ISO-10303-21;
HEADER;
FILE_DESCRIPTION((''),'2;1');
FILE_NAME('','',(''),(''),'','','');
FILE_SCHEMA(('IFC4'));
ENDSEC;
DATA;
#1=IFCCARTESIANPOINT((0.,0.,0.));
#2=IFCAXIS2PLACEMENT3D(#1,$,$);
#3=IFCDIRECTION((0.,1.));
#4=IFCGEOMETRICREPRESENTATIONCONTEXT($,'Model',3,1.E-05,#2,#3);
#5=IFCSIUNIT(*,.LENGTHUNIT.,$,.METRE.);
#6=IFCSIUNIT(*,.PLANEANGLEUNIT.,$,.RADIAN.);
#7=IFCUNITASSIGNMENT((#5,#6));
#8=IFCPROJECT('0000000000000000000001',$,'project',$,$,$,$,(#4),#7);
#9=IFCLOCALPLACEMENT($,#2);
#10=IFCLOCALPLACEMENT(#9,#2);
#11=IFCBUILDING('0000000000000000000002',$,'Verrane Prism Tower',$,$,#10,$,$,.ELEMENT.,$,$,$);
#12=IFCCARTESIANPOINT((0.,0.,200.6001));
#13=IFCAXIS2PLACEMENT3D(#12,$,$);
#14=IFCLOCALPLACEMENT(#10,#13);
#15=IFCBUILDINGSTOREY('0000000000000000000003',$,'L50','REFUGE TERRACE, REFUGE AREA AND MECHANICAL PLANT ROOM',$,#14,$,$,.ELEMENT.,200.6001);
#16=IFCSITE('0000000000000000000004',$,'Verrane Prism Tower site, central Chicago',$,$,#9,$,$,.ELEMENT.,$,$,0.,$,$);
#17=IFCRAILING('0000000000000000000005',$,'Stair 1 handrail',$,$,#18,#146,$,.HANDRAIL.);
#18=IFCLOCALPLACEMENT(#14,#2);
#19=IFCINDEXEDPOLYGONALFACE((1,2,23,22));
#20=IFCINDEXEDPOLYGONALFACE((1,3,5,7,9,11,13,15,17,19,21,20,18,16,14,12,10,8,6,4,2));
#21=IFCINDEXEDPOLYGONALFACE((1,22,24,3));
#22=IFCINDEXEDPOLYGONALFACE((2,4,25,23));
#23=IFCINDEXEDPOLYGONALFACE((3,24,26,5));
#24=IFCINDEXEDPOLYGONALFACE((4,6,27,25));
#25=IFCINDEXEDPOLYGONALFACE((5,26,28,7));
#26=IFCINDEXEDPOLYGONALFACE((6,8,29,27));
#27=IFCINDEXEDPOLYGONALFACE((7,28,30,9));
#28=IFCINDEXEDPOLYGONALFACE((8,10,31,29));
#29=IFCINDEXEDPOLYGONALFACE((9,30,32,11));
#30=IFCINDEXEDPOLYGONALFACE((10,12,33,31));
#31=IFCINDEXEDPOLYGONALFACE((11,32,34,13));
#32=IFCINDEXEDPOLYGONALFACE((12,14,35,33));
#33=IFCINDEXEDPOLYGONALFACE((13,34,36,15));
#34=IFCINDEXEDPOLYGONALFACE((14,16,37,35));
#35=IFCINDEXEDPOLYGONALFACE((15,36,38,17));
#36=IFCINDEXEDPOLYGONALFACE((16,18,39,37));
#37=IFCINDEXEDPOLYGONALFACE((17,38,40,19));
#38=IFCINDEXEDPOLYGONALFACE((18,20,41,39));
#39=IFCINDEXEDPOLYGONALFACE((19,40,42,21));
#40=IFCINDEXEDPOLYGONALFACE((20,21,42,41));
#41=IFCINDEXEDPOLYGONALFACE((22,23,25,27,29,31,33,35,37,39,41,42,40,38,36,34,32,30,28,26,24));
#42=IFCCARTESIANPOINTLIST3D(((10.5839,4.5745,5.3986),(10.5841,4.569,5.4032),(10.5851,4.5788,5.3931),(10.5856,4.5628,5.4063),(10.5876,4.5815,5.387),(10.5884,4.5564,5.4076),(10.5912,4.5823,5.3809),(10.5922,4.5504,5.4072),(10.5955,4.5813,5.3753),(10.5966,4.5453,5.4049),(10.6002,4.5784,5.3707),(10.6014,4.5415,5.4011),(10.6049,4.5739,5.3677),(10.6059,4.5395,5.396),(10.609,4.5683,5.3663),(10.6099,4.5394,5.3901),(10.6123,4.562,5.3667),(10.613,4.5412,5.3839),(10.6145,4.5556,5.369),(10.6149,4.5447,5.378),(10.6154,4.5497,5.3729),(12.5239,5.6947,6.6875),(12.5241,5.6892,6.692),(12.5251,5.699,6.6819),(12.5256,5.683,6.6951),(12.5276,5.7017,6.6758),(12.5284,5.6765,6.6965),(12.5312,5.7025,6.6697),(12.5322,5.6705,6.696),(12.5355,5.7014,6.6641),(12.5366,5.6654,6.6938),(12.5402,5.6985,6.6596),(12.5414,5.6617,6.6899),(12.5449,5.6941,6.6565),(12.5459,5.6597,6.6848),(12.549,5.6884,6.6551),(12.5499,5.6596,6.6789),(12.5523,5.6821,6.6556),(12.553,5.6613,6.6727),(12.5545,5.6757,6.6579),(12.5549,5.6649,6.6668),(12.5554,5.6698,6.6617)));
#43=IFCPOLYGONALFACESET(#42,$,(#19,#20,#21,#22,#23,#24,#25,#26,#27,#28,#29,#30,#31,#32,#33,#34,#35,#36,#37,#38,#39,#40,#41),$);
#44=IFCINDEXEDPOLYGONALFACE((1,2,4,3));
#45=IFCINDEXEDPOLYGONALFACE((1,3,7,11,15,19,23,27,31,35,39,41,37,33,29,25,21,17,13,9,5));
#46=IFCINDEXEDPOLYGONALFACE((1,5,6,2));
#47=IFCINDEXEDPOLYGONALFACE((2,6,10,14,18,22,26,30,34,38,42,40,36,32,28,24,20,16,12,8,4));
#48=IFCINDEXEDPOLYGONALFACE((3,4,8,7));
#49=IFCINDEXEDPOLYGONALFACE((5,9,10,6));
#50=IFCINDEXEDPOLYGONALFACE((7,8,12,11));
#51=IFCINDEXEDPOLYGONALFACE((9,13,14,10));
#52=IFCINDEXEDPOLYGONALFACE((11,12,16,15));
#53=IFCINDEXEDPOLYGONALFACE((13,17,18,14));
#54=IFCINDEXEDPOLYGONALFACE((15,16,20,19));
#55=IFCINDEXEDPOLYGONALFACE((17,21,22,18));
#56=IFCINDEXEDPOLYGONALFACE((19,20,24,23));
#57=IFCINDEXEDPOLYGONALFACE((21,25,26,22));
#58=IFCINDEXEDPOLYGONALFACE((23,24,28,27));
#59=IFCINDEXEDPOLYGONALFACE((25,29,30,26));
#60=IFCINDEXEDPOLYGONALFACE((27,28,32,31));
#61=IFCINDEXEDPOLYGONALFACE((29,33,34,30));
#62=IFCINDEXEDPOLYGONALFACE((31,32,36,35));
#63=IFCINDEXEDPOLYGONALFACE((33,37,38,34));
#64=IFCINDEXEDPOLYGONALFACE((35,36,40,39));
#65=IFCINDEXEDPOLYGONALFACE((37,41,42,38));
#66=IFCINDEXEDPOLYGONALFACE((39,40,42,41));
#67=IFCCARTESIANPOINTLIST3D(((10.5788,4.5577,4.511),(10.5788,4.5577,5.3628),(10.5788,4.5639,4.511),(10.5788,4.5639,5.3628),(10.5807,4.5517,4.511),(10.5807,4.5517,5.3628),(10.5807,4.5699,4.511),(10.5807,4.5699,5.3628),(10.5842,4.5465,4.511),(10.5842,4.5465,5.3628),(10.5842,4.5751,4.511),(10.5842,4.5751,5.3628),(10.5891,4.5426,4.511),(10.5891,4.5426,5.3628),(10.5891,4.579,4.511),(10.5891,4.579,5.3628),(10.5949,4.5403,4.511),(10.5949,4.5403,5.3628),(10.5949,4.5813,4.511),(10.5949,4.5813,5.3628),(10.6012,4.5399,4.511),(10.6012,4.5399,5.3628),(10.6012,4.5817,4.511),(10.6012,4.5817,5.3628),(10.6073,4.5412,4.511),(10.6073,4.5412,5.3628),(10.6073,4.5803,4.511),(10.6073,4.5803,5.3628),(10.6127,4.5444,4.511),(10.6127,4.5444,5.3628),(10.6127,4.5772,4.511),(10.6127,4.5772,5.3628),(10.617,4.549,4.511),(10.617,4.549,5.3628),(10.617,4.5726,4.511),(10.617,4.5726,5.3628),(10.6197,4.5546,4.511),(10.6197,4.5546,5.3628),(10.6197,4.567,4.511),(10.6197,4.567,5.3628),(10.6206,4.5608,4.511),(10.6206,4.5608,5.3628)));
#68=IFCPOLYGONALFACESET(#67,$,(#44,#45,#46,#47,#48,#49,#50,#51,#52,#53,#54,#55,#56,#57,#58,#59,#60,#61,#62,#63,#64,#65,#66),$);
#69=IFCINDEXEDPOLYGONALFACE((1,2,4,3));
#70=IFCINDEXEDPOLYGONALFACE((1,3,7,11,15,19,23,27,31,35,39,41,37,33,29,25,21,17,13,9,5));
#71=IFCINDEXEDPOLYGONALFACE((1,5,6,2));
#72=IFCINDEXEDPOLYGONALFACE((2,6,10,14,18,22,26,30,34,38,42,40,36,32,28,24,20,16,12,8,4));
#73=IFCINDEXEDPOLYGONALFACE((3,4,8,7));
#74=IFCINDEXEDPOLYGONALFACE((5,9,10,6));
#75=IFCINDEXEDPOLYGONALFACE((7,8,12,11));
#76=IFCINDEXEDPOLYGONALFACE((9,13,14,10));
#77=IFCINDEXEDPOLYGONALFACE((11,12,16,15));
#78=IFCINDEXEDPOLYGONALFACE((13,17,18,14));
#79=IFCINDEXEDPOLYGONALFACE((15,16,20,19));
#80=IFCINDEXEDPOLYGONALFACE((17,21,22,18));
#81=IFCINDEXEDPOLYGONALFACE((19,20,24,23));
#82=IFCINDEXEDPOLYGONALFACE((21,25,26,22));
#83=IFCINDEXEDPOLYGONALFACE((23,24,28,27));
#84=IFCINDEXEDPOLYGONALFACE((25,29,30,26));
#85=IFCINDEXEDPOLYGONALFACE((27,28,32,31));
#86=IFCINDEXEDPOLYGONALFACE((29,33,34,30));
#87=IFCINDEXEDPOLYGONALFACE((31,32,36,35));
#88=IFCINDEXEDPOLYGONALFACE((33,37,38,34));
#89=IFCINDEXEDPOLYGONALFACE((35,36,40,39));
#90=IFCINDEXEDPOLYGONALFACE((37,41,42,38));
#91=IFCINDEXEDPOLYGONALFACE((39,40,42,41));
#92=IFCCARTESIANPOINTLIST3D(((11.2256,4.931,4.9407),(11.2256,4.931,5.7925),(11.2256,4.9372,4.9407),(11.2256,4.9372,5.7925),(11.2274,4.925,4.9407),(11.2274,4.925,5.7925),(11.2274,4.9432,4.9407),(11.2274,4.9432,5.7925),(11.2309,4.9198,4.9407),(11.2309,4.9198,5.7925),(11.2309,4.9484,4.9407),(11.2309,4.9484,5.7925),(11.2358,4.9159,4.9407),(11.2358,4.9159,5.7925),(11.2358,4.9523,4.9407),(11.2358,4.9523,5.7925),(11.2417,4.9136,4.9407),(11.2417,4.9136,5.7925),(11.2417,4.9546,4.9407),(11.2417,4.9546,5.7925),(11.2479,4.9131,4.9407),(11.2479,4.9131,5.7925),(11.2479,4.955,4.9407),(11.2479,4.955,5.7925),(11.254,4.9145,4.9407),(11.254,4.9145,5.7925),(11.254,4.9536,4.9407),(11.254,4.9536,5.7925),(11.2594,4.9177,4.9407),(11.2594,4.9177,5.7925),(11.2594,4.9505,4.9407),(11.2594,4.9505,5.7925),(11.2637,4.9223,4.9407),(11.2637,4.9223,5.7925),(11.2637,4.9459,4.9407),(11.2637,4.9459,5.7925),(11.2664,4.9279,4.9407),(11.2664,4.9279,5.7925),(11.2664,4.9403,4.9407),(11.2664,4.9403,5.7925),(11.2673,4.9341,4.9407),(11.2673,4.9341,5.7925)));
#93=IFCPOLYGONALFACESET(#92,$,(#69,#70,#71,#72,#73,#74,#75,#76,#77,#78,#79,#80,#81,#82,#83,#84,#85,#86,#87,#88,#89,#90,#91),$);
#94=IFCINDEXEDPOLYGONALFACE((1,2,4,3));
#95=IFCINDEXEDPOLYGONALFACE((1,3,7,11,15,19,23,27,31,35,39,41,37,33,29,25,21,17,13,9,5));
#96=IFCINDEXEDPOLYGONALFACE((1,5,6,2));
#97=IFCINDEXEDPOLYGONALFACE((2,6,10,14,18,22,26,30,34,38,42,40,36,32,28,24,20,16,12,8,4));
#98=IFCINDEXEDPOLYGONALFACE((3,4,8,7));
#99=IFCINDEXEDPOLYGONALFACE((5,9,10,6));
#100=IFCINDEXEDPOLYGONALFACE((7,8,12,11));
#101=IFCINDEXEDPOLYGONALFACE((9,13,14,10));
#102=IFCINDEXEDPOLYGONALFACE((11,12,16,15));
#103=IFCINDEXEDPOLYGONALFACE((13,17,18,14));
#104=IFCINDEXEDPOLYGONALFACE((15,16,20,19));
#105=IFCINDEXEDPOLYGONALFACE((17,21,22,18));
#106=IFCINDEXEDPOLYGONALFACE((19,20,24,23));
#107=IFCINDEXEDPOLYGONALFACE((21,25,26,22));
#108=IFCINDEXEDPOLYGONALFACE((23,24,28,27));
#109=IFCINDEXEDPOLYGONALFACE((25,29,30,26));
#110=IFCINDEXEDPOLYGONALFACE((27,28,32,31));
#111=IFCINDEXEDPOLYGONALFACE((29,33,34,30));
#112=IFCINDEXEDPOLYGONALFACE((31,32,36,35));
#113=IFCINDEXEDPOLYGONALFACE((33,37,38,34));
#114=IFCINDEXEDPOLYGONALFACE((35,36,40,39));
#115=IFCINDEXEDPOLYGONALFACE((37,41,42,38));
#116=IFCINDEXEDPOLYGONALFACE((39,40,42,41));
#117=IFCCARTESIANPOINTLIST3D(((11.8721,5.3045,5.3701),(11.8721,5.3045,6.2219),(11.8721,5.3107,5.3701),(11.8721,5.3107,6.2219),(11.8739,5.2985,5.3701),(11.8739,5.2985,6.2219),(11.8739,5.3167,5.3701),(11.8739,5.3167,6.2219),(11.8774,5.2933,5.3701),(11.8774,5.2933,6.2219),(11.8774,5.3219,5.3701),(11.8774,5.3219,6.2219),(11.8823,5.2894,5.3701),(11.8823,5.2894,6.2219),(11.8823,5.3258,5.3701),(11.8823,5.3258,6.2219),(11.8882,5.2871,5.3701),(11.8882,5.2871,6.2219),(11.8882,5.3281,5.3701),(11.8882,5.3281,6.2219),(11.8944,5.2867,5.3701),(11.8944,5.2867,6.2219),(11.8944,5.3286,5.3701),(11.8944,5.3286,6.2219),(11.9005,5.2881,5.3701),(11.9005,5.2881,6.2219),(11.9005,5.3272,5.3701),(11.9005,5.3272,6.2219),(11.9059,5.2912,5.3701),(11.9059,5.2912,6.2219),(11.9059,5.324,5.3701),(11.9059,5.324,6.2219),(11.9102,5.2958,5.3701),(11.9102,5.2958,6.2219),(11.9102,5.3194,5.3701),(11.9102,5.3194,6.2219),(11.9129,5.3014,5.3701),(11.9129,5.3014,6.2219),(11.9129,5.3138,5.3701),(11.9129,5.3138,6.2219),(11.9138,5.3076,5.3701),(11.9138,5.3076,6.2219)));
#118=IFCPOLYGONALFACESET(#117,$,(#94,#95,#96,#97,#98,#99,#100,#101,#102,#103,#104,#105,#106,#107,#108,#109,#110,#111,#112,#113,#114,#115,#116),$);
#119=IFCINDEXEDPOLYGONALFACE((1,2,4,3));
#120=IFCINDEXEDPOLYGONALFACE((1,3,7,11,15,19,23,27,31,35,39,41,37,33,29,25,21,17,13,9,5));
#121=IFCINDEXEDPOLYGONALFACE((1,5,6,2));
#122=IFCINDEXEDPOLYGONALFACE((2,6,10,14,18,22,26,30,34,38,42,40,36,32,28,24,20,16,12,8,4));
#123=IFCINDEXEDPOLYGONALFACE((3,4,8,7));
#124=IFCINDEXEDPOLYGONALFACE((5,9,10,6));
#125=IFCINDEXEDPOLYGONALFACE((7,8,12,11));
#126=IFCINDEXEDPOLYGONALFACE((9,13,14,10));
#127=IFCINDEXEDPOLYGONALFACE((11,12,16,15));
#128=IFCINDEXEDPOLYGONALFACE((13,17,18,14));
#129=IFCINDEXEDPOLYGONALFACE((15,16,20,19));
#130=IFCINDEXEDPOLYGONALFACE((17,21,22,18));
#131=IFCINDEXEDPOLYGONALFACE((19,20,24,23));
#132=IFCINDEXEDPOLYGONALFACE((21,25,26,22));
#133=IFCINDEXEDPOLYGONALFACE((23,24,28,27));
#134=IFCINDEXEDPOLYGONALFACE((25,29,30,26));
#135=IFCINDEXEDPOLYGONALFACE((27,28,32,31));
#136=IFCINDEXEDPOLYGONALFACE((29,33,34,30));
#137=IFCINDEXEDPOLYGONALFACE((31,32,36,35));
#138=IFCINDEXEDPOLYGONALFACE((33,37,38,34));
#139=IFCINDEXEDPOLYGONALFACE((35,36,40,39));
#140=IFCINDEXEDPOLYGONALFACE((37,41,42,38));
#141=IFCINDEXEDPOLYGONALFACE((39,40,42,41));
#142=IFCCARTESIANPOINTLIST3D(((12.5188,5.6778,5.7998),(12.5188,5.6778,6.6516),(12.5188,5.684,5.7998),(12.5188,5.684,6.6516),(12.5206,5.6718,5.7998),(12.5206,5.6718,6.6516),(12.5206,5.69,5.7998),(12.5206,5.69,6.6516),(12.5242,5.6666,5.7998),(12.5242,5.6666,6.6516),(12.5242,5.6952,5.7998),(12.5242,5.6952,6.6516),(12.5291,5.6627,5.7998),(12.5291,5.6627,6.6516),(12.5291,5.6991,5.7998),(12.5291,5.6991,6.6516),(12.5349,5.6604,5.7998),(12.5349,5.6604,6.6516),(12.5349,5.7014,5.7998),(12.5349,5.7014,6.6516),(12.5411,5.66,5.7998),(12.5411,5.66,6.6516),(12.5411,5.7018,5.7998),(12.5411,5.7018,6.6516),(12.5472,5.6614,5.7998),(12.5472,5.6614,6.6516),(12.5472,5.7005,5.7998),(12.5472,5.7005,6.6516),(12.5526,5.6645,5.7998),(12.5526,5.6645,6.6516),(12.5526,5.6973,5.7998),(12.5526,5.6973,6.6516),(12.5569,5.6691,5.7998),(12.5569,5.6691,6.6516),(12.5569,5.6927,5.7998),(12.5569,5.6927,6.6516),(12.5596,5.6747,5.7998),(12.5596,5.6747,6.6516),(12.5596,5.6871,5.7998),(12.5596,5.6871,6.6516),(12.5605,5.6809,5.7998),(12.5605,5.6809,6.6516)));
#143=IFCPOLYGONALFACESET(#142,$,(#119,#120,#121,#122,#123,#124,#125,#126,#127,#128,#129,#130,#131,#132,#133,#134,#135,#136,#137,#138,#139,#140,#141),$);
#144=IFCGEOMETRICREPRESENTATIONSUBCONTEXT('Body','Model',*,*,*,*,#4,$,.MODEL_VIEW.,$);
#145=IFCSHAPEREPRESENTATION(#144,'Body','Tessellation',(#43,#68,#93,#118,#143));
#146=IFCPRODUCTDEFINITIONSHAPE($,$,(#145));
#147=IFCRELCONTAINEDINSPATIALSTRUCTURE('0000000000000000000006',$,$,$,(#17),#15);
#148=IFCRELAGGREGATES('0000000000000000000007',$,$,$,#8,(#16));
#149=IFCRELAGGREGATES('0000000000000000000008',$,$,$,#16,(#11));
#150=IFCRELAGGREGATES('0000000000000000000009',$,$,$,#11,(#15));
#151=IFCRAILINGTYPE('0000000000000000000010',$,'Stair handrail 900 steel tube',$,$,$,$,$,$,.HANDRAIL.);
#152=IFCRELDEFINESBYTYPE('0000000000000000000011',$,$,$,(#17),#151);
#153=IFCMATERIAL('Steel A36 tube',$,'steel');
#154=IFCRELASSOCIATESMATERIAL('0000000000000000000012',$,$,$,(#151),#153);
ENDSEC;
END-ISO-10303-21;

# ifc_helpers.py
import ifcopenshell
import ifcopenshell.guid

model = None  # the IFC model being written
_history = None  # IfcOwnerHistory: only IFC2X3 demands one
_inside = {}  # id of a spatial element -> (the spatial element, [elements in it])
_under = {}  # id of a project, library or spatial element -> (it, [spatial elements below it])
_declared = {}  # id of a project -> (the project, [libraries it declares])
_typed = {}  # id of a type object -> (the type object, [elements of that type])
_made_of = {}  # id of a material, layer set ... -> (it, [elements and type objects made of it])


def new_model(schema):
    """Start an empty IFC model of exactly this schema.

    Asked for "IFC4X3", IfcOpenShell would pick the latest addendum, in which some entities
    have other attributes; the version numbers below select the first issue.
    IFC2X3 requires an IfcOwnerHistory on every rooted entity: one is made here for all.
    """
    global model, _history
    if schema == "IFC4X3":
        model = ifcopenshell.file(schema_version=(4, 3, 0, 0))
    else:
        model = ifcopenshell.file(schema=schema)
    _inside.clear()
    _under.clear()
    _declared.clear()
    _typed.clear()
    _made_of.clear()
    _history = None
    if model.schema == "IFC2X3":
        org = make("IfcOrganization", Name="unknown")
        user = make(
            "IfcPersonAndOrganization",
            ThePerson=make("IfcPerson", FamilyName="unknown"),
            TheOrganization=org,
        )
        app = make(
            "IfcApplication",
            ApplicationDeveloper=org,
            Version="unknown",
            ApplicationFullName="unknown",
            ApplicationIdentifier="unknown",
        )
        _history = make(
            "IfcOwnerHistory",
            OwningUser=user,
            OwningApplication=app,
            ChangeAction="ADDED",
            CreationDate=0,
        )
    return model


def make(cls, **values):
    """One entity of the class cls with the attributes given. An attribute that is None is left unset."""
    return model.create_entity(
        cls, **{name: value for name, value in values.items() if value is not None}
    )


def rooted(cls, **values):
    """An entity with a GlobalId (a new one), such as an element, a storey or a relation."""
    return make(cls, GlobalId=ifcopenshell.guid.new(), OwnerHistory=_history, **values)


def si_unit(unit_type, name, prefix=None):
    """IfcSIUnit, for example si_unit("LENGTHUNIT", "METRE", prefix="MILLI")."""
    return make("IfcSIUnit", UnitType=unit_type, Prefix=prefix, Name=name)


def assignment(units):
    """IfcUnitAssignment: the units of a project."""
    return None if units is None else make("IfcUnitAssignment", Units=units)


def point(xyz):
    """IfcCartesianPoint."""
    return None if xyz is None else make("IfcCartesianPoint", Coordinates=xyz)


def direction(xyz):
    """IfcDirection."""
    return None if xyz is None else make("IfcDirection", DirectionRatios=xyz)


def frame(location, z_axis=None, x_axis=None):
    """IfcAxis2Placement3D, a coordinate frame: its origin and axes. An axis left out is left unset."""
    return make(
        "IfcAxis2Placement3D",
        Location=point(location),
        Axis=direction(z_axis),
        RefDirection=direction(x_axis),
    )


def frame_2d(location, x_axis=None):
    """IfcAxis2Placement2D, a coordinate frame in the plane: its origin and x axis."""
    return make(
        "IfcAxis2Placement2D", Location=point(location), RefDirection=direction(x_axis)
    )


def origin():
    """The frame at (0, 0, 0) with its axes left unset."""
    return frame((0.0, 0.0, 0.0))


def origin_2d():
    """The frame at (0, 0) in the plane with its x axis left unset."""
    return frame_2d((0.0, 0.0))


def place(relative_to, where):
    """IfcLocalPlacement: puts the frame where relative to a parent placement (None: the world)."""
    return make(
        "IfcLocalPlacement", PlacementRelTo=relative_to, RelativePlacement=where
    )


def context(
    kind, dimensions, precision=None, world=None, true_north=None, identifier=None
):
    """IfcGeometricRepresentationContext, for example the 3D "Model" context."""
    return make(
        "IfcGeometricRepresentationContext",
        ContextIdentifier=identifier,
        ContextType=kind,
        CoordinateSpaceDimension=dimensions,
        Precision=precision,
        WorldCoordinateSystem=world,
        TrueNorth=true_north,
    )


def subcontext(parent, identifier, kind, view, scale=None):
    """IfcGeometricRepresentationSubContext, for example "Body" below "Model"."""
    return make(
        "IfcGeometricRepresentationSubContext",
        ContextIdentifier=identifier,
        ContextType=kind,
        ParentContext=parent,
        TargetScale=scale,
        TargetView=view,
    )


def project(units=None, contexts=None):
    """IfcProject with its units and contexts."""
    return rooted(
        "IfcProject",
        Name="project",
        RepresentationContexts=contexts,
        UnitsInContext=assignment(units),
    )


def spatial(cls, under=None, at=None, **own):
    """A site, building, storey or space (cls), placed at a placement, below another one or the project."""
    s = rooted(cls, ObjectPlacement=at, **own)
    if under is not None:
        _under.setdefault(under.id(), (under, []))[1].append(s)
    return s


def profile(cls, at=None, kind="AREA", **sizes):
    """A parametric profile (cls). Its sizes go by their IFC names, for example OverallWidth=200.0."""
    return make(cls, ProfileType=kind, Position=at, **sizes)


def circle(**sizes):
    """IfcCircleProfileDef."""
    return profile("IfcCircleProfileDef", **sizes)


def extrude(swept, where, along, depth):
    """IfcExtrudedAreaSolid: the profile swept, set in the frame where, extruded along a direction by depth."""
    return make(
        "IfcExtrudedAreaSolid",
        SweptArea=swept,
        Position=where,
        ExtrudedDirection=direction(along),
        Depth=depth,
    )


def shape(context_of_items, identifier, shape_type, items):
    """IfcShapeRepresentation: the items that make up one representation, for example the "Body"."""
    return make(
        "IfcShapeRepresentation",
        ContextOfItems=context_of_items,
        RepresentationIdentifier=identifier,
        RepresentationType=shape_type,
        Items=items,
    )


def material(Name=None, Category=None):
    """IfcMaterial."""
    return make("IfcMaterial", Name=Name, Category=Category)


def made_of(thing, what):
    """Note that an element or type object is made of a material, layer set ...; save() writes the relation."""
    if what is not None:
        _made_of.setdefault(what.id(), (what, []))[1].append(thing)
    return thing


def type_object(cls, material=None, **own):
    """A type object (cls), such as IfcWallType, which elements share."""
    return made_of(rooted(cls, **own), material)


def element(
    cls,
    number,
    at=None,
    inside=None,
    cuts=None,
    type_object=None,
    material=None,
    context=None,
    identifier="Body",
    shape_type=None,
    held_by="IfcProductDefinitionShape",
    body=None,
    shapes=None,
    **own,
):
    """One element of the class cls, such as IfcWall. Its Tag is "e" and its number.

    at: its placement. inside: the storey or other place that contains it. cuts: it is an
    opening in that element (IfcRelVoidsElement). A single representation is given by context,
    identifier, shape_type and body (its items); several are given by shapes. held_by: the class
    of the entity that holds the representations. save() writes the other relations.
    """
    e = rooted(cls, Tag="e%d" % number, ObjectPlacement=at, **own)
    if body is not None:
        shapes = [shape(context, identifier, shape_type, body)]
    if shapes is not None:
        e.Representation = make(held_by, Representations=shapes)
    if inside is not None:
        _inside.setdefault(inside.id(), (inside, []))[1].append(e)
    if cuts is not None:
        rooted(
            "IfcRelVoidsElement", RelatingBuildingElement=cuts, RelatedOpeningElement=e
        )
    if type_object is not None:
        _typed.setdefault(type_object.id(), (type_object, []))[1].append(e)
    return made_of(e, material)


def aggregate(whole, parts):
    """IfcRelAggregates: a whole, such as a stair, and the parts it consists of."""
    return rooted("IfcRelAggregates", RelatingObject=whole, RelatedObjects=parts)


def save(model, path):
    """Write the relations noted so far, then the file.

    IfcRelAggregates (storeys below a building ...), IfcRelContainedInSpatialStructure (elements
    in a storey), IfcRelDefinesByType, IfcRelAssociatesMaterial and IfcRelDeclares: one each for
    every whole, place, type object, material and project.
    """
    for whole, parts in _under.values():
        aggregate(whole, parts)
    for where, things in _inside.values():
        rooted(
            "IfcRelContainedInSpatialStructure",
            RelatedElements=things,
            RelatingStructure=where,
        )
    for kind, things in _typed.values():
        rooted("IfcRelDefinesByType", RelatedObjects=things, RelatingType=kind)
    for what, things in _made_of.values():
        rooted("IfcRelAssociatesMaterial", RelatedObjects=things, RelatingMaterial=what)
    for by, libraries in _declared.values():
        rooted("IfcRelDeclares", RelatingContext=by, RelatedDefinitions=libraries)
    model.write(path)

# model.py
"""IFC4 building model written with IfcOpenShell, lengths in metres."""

from ifc_helpers import new_model, si_unit, direction, frame, origin, origin_2d, place, context, subcontext, project, spatial, circle, extrude, material, type_object, element, save


model = new_model("IFC4")

# Units and contexts
model_context = context("Model", 3, precision=1e-05, world=origin(), true_north=direction((0.0, 1.0)))
body_context = subcontext(model_context, "Body", "Model", "MODEL_VIEW")
ifc_project = project(units=[si_unit("LENGTHUNIT", "METRE"), si_unit("PLANEANGLEUNIT", "RADIAN")], contexts=[model_context])

# Site, building, storey
site_placement = place(None, origin())
site = spatial("IfcSite", under=ifc_project, at=site_placement, Name="Verrane Prism Tower site, central Chicago", CompositionType="ELEMENT", RefElevation=0.0)
building_placement = place(site_placement, origin())
building = spatial("IfcBuilding", under=site, at=building_placement, Name="Verrane Prism Tower", CompositionType="ELEMENT")
storey_placement = place(building_placement, frame((0.0, 0.0, 200.6001)))
storey = spatial("IfcBuildingStorey", under=building, at=storey_placement, Name="L50", Description="REFUGE TERRACE, REFUGE AREA AND MECHANICAL PLANT ROOM", CompositionType="ELEMENT", Elevation=200.6001)

# Railing
ifc_material_1 = material(Name="Steel A36 tube", Category="steel")
railing_type_1 = type_object("IfcRailingType", Name="Stair handrail 900 steel tube", PredefinedType="HANDRAIL", material=ifc_material_1)
railing_1_placement = place(storey_placement, frame((10.5996, 4.5608, 4.511)))
element("IfcRailing", 1, at=railing_1_placement, inside=storey, type_object=railing_type_1, Name="Stair 1 handrail", PredefinedType="HANDRAIL", context=body_context, shape_type="SweptSolid", body=[
    extrude(circle(Radius=0.0239, at=origin_2d()), frame((0.0, 0.0, 0.876), z_axis=(0.750637, 0.433416, 0.498693), x_axis=(-0.500031, 0.866008, 0.0)), (0.0, 0.0, 1.0), 2.5845),
    extrude(circle(Radius=0.021, at=origin_2d()), origin(), (0.0, 0.0, 1.0), 0.8518),
    extrude(circle(Radius=0.021, at=origin_2d()), frame((0.6467, 0.3733, 0.4297)), (0.0, 0.0, 1.0), 0.8518),
    extrude(circle(Radius=0.021, at=origin_2d()), frame((1.2932, 0.7468, 0.8591)), (0.0, 0.0, 1.0), 0.8518),
    extrude(circle(Radius=0.021, at=origin_2d()), frame((1.9399, 1.1201, 1.2888)), (0.0, 0.0, 1.0), 0.8518),
])

save(model, "model.ifc")
